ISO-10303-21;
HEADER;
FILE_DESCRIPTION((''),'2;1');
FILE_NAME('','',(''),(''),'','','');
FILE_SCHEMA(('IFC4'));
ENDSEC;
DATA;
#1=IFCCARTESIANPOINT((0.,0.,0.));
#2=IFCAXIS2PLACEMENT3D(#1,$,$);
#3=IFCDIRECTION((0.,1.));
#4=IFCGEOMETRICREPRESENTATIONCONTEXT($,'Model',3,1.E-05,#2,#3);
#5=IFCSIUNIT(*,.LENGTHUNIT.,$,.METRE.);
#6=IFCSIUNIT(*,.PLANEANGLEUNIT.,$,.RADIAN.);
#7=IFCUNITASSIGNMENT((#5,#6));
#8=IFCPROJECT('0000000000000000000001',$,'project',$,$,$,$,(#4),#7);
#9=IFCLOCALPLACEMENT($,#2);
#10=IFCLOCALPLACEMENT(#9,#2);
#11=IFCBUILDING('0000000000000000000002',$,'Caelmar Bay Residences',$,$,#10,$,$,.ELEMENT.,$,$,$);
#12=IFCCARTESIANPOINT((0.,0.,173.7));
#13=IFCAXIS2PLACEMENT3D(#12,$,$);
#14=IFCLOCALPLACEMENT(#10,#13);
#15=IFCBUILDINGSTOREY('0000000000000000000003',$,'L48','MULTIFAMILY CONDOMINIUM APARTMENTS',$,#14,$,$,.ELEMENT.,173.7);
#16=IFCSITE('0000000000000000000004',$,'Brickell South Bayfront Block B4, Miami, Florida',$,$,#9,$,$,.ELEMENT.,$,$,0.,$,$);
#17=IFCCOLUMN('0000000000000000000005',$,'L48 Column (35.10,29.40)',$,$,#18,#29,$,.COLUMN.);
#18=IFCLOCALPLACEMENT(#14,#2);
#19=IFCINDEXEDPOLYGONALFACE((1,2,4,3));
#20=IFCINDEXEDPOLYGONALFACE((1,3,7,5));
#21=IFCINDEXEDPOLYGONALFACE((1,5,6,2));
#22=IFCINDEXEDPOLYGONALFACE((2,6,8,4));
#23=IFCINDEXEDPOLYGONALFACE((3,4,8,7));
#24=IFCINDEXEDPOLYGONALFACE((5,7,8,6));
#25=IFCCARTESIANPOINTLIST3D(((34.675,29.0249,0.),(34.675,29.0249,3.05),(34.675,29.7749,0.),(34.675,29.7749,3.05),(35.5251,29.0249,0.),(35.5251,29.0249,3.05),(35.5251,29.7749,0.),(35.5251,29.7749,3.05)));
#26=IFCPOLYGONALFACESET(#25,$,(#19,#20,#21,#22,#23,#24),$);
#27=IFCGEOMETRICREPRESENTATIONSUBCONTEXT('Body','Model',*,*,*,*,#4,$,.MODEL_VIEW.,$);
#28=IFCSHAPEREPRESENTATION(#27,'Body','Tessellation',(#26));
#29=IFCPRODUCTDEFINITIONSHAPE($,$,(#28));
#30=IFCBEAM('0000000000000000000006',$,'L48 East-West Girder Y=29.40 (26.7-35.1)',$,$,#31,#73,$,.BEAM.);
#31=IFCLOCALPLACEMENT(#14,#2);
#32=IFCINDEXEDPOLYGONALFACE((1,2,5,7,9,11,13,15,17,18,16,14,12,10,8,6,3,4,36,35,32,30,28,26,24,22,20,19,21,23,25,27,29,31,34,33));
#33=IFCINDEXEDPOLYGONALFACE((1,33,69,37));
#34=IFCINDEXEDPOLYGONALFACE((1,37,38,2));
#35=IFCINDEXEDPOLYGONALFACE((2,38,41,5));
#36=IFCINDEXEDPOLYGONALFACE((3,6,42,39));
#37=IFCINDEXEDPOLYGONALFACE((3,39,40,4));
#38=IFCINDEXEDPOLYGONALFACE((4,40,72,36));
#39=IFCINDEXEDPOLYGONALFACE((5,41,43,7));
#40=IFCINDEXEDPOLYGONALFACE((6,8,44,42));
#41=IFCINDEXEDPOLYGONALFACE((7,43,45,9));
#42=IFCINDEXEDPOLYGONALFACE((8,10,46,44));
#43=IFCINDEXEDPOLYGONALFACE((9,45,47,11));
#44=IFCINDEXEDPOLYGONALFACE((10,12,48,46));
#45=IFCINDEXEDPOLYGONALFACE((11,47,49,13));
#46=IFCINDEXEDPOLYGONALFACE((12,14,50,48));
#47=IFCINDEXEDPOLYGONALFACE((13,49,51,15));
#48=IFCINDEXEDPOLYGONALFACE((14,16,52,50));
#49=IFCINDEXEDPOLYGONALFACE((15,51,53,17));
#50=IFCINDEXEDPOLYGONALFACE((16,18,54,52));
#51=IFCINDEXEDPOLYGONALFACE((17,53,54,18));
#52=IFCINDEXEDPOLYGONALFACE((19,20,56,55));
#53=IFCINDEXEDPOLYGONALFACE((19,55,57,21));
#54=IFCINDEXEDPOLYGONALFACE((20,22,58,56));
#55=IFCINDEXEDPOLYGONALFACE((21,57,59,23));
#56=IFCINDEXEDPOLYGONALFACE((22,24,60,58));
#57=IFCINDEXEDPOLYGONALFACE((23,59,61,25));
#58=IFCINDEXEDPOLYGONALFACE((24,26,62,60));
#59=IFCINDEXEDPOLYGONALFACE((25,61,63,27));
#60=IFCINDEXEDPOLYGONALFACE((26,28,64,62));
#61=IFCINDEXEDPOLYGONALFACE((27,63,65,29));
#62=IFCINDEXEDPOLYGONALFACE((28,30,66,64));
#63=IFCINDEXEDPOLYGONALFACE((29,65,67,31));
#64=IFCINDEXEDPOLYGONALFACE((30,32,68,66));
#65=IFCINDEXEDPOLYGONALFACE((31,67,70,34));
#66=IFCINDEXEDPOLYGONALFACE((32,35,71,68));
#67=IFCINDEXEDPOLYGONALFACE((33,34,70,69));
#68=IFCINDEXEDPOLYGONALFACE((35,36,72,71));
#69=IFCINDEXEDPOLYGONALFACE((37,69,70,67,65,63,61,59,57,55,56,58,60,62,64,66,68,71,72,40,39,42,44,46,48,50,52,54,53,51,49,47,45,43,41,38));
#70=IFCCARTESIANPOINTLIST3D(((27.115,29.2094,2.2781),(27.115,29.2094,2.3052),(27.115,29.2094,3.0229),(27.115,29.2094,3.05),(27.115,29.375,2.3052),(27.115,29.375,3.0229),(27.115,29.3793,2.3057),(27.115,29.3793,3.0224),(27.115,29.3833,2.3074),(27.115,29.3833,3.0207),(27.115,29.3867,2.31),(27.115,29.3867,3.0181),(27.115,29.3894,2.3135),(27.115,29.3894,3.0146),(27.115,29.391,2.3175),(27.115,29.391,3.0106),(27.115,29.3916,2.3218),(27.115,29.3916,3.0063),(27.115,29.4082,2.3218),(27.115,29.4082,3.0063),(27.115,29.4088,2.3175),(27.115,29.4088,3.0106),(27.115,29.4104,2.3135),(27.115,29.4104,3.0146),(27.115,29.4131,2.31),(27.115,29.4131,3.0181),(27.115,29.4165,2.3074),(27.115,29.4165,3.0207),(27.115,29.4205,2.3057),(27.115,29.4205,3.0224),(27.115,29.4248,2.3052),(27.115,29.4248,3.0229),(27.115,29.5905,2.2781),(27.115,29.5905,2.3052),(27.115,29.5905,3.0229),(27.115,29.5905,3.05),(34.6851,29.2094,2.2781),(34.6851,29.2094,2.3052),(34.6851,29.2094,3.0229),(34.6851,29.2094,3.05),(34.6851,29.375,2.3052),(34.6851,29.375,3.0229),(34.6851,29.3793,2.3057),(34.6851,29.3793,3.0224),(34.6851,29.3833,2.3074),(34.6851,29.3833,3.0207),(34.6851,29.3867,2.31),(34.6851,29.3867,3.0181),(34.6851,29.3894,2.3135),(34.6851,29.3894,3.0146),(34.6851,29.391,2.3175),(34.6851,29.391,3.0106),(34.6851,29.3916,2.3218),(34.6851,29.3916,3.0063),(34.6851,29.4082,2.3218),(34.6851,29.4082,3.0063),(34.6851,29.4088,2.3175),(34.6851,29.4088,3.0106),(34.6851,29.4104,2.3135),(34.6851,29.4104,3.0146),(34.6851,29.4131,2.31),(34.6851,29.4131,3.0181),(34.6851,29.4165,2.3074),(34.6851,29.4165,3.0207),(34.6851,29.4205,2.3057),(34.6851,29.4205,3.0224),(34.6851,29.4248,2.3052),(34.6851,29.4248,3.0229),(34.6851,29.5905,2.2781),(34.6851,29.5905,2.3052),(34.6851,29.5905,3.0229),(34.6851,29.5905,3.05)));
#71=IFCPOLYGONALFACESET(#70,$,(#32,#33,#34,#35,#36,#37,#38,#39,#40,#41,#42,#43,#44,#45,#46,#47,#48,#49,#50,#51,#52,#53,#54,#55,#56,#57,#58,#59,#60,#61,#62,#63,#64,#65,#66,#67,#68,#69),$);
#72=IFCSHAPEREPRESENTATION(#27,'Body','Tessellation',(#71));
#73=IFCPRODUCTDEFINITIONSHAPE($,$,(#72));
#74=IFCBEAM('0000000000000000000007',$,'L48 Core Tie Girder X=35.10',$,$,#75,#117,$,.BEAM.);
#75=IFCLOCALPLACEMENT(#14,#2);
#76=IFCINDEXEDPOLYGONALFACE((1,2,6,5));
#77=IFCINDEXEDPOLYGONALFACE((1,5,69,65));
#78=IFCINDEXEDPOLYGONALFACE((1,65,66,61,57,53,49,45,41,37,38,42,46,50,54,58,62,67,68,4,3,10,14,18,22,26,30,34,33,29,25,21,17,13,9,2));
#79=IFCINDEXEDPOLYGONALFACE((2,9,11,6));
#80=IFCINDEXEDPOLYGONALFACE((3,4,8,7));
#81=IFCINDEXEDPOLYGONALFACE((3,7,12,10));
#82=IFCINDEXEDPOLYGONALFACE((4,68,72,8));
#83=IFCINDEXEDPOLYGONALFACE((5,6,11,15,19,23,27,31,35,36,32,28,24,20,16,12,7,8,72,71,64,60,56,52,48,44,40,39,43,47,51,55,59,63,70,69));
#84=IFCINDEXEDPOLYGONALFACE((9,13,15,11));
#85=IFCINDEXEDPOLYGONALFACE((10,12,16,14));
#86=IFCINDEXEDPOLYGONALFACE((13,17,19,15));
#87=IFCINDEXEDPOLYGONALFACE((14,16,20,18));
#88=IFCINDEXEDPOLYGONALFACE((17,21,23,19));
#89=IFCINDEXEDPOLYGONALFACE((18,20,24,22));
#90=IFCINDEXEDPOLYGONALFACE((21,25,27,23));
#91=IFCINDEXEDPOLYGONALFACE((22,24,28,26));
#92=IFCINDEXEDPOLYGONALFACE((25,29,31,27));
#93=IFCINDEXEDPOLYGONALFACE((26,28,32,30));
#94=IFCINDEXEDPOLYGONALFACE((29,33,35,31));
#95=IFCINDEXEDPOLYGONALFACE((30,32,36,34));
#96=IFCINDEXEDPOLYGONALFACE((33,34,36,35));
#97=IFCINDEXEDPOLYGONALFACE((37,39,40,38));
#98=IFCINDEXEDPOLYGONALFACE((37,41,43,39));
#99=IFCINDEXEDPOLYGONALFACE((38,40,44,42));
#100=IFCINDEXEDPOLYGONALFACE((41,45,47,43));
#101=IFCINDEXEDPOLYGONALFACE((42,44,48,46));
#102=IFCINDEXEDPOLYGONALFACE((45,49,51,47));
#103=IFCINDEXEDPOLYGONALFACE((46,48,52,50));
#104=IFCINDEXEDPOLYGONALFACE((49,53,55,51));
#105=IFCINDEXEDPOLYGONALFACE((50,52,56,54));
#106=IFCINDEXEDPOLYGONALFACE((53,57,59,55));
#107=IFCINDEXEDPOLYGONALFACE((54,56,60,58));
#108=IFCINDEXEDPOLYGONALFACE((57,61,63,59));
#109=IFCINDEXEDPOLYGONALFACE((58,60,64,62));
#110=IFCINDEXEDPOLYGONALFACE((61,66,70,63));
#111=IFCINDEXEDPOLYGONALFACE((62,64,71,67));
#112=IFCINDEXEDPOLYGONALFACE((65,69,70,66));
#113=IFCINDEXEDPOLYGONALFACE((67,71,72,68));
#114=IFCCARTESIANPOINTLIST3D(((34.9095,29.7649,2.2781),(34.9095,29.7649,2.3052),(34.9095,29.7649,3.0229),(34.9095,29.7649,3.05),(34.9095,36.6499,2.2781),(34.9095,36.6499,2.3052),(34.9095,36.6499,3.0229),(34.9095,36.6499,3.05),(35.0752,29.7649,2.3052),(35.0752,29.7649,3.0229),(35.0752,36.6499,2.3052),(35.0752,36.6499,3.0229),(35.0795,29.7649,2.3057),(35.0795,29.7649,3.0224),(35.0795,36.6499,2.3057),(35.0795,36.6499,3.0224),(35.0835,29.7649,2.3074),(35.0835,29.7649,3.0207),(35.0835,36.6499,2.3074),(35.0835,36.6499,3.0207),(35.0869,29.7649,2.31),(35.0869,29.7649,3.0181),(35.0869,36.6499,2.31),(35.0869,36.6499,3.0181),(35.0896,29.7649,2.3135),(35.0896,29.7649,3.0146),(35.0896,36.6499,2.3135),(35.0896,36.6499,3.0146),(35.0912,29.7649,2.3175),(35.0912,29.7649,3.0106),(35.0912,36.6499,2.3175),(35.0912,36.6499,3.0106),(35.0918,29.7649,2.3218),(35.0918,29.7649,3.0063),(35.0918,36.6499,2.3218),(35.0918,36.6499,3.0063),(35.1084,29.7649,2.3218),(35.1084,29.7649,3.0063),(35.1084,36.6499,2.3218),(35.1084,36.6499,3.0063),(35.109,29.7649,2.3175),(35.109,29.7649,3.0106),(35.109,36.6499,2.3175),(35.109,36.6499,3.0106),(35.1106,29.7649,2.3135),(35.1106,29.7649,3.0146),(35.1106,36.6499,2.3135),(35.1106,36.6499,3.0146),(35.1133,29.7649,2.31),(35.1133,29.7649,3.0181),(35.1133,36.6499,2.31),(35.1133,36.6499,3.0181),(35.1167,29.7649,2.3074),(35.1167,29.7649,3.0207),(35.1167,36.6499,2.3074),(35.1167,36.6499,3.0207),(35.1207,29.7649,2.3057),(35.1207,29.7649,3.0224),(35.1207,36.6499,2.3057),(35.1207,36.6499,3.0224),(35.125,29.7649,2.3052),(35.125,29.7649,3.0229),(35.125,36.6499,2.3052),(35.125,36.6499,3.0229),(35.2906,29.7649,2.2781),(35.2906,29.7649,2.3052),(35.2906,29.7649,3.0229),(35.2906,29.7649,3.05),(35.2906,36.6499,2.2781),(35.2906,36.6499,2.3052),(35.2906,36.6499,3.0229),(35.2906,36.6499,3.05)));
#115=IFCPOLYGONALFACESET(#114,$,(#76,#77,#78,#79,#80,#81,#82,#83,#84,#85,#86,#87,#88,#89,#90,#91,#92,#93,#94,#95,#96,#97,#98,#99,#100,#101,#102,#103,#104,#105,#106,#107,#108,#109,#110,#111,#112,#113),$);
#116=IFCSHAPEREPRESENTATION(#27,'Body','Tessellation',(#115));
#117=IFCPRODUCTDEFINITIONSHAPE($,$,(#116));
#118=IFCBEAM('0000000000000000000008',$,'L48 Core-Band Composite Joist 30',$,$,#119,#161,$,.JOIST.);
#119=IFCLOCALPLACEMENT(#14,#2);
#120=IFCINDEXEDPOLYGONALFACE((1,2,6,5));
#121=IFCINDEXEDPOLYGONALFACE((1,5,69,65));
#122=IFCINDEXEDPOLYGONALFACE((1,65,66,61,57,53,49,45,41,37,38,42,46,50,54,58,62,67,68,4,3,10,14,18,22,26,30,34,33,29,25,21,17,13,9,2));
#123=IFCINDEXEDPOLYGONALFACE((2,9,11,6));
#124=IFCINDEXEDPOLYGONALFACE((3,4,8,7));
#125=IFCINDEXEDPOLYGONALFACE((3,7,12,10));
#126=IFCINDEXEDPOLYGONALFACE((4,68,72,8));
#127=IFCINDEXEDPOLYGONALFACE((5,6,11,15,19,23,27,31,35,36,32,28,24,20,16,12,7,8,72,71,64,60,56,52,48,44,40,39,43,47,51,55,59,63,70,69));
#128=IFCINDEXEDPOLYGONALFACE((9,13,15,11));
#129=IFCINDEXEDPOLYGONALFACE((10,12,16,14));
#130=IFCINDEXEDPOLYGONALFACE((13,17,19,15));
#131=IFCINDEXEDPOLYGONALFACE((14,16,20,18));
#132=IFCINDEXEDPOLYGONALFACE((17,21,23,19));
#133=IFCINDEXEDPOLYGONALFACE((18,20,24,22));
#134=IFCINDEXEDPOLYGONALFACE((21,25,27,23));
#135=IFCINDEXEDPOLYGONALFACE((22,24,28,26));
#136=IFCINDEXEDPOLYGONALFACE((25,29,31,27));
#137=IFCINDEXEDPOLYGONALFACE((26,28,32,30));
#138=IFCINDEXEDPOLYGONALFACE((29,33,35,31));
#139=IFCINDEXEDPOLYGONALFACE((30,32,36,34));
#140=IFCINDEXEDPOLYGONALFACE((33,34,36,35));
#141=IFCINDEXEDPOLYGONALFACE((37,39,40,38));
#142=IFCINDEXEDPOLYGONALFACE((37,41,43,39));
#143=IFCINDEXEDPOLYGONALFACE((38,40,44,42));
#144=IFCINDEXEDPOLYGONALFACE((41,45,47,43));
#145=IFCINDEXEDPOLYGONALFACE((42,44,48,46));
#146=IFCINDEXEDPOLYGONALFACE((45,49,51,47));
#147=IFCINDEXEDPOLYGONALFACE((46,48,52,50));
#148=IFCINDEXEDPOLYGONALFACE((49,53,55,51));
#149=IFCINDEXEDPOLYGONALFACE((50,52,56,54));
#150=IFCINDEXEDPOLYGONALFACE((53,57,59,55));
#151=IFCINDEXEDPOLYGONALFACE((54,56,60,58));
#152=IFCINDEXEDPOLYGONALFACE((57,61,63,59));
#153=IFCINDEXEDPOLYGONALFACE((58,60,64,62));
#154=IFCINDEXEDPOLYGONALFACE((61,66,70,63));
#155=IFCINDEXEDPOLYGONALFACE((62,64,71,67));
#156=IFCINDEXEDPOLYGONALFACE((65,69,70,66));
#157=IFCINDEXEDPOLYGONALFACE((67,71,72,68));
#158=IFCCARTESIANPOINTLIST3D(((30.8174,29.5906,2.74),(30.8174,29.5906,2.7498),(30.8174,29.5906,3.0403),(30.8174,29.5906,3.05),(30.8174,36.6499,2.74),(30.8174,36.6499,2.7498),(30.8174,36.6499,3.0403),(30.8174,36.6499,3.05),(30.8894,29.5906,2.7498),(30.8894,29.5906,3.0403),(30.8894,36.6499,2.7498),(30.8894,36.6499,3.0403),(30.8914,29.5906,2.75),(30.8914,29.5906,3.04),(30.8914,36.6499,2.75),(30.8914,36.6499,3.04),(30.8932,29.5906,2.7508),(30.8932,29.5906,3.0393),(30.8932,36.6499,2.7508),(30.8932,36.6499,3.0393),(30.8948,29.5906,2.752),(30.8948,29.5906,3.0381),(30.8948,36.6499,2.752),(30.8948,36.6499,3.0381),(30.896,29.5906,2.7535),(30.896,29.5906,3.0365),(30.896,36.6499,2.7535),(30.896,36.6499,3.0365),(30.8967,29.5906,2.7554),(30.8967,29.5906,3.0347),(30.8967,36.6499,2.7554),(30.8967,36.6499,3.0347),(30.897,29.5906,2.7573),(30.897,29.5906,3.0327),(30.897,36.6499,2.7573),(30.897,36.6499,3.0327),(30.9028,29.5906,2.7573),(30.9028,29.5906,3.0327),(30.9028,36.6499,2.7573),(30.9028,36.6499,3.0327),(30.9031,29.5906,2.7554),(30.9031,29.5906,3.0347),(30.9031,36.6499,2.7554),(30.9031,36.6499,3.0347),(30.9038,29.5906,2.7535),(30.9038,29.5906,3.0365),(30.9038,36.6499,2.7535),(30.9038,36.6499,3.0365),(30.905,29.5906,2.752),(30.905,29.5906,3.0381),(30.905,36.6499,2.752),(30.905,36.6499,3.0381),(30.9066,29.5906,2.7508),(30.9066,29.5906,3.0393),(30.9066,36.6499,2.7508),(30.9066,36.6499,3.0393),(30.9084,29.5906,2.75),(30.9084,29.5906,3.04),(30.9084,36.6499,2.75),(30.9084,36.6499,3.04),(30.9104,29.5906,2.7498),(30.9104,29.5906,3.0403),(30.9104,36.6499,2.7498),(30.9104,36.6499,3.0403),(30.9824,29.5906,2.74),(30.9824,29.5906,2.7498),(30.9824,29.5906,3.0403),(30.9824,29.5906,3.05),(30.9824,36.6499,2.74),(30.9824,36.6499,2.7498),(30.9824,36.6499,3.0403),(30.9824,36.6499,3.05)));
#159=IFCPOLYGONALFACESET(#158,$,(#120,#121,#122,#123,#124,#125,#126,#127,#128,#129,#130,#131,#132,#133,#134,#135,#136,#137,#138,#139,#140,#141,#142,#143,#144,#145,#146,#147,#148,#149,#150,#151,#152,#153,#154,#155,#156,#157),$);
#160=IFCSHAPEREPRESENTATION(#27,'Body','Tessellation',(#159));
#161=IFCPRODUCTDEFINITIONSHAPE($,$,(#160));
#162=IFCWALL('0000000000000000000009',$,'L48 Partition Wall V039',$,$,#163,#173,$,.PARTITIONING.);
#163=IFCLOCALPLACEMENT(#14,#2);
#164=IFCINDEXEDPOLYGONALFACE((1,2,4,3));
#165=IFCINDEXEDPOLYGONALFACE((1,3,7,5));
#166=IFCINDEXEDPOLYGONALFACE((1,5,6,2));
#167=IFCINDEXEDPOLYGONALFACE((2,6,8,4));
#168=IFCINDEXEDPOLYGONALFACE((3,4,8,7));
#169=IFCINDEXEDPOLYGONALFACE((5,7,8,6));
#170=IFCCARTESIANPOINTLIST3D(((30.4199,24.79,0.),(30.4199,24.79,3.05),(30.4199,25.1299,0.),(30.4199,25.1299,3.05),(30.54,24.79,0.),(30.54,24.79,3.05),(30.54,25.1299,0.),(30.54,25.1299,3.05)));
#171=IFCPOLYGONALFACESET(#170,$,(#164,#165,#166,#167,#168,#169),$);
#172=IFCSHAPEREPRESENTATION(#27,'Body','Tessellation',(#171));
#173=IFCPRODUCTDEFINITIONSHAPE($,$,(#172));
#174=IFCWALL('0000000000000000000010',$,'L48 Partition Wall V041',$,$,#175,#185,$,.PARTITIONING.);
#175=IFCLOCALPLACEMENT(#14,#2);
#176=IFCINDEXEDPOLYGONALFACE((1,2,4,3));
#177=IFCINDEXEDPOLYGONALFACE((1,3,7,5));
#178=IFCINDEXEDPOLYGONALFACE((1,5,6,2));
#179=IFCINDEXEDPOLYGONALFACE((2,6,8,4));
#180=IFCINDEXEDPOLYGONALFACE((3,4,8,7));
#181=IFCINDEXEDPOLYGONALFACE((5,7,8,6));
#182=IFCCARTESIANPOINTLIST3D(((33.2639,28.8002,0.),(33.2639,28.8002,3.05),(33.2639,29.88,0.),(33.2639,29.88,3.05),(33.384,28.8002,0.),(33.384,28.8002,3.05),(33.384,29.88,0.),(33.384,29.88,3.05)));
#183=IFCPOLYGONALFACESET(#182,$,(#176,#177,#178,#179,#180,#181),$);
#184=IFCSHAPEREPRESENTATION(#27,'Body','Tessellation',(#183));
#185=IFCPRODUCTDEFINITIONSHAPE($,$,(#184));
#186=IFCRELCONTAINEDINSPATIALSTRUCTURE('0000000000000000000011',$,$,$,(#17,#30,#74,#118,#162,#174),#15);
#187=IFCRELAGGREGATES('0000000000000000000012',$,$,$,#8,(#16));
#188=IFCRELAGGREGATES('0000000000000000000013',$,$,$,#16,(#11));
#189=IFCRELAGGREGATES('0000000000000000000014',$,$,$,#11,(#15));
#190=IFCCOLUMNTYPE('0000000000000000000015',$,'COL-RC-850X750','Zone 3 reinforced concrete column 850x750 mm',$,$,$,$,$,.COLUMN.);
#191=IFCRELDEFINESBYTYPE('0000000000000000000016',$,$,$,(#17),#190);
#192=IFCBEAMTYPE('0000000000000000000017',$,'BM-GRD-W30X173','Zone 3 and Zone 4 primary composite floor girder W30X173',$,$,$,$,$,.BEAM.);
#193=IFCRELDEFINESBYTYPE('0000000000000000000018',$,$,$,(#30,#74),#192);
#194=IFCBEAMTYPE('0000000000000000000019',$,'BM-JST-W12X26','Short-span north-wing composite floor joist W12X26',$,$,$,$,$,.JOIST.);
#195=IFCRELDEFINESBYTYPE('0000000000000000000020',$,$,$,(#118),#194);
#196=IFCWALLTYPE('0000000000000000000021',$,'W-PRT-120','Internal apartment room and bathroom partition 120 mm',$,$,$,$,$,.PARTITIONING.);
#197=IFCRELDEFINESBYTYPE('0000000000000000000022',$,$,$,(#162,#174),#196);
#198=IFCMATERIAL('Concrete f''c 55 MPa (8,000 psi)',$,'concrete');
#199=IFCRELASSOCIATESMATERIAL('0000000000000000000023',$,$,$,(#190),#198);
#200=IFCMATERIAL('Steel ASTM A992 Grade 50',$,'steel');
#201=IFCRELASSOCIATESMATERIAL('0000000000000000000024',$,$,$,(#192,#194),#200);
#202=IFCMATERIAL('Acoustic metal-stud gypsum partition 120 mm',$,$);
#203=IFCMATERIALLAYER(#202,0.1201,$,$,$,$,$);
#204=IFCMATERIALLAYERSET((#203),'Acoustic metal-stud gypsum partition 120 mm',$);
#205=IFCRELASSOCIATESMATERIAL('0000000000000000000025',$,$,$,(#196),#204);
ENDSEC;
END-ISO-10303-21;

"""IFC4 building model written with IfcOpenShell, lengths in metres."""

from ifc_helpers import new_model, si_unit, direction, frame, frame_2d, origin, origin_2d, place, context, subcontext, project, spatial, rectangle, i_section, extrude, material, layer, layer_set, material_profile, profile_set, type_object, element, save


model = new_model("IFC4")

# Units and contexts
model_context = context("Model", 3, precision=1e-05, world=origin(), true_north=direction((0.0, 1.0)))
body_context = subcontext(model_context, "Body", "Model", "MODEL_VIEW")
ifc_project = project(units=[si_unit("LENGTHUNIT", "METRE"), si_unit("PLANEANGLEUNIT", "RADIAN")], contexts=[model_context])

# Site, building, storey
site_placement = place(None, origin())
site = spatial("IfcSite", under=ifc_project, at=site_placement, Name="Brickell South Bayfront Block B4, Miami, Florida", CompositionType="ELEMENT", RefElevation=0.0)
building_placement = place(site_placement, origin())
building = spatial("IfcBuilding", under=site, at=building_placement, Name="Caelmar Bay Residences", CompositionType="ELEMENT")
storey_placement = place(building_placement, frame((0.0, 0.0, 173.7)))
storey = spatial("IfcBuildingStorey", under=building, at=storey_placement, Name="L48", Description="MULTIFAMILY CONDOMINIUM APARTMENTS", CompositionType="ELEMENT", Elevation=173.7)

# Column
ifc_material_1 = material(Name="Concrete f'c 55 MPa (8,000 psi)", Category="concrete")
ifc_material_profile_1 = material_profile(ifc_material_1, rectangle(XDim=0.8501, YDim=0.75, at=origin_2d()), Name="RC-COL-850X750")
ifc_profile_set_1 = profile_set([ifc_material_profile_1], Name="Concrete f'c 55 MPa (8,000 psi)")
column_type = type_object("IfcColumnType", Name="COL-RC-850X750", Description="Zone 3 reinforced concrete column 850x750 mm", PredefinedType="COLUMN", material=ifc_profile_set_1)
column_placement = place(storey_placement, frame((35.1001, 29.3999, 0.0), z_axis=(0.0, 0.0, 1.0), x_axis=(1.0, 0.0, 0.0)))
element("IfcColumn", 1, at=column_placement, inside=storey, type_object=column_type, Name="L48 Column (35.10,29.40)", PredefinedType="COLUMN", context=body_context, shape_type="SweptSolid", body=[
    extrude(rectangle(XDim=0.8501, YDim=0.75, at=origin_2d()), origin(), (0.0, 0.0, 1.0), 3.05),
])

# Beams
ifc_material_2 = material(Name="Steel ASTM A992 Grade 50", Category="steel")
ifc_material_profile_2 = material_profile(ifc_material_2, i_section(OverallWidth=0.3811, OverallDepth=0.772, WebThickness=0.0166, FlangeThickness=0.0271, FilletRadius=0.0166, at=origin_2d()), Name="W30X173")
ifc_profile_set_2 = profile_set([ifc_material_profile_2], Name="Steel ASTM A992 Grade 50")
beam_type_1 = type_object("IfcBeamType", Name="BM-GRD-W30X173", Description="Zone 3 and Zone 4 primary composite floor girder W30X173", PredefinedType="BEAM", material=ifc_profile_set_2)
beam_1_placement = place(storey_placement, frame((27.115, 29.3999, 2.6641), z_axis=(1.0, 0.0, 0.0), x_axis=(0.0, 1.0, 0.0)))
element("IfcBeam", 2, at=beam_1_placement, inside=storey, type_object=beam_type_1, Name="L48 East-West Girder Y=29.40 (26.7-35.1)", PredefinedType="BEAM", context=body_context, shape_type="SweptSolid", body=[
    extrude(i_section(OverallWidth=0.3811, OverallDepth=0.772, WebThickness=0.0166, FlangeThickness=0.0271, FilletRadius=0.0166, at=origin_2d()), origin(), (0.0, 0.0, 1.0), 7.5701),
])
beam_2_placement = place(storey_placement, frame((35.1001, 29.7649, 2.6641), z_axis=(0.0, 1.0, 0.0), x_axis=(-1.0, 0.0, 0.0)))
element("IfcBeam", 3, at=beam_2_placement, inside=storey, type_object=beam_type_1, Name="L48 Core Tie Girder X=35.10", PredefinedType="BEAM", context=body_context, shape_type="SweptSolid", body=[
    extrude(i_section(OverallWidth=0.3811, OverallDepth=0.772, WebThickness=0.0166, FlangeThickness=0.0271, FilletRadius=0.0166, at=origin_2d()), origin(), (0.0, 0.0, 1.0), 6.885),
])
ifc_material_profile_3 = material_profile(ifc_material_2, i_section(OverallWidth=0.165, OverallDepth=0.3101, WebThickness=0.0059, FlangeThickness=0.0098, FilletRadius=0.0076, at=origin_2d()), Name="W12X26")
ifc_profile_set_3 = profile_set([ifc_material_profile_3], Name="Steel ASTM A992 Grade 50")
beam_type_2 = type_object("IfcBeamType", Name="BM-JST-W12X26", Description="Short-span north-wing composite floor joist W12X26", PredefinedType="JOIST", material=ifc_profile_set_3)
beam_3_placement = place(storey_placement, frame((30.8999, 29.5906, 2.895), z_axis=(0.0, 1.0, 0.0), x_axis=(-1.0, 0.0, 0.0)))
element("IfcBeam", 4, at=beam_3_placement, inside=storey, type_object=beam_type_2, Name="L48 Core-Band Composite Joist 30", PredefinedType="JOIST", context=body_context, shape_type="SweptSolid", body=[
    extrude(i_section(OverallWidth=0.165, OverallDepth=0.3101, WebThickness=0.0059, FlangeThickness=0.0098, FilletRadius=0.0076, at=origin_2d()), origin(), (0.0, 0.0, 1.0), 7.0593),
])

# Wall
ifc_material_3 = material(Name="Acoustic metal-stud gypsum partition 120 mm")
ifc_layer_1 = layer(ifc_material_3, 0.1201)
ifc_layer_set_1 = layer_set([ifc_layer_1], Name="Acoustic metal-stud gypsum partition 120 mm")
wall_type_1 = type_object("IfcWallType", Name="W-PRT-120", Description="Internal apartment room and bathroom partition 120 mm", PredefinedType="PARTITIONING", material=ifc_layer_set_1)
wall_1_placement = place(storey_placement, frame((30.48, 24.79, 0.0), z_axis=(0.0, 0.0, 1.0), x_axis=(0.0, 1.0, 0.0)))
element("IfcWall", 5, at=wall_1_placement, inside=storey, type_object=wall_type_1, Name="L48 Partition Wall V039", PredefinedType="PARTITIONING", context=body_context, shape_type="SweptSolid", body=[
    extrude(rectangle(XDim=0.3398, YDim=0.1201, at=frame_2d((0.1699, 0.0))), origin(), (0.0, 0.0, 1.0), 3.05),
])

# Wall
wall_2_placement = place(storey_placement, frame((33.324, 28.8, 0.0), z_axis=(0.0, 0.0, 1.0), x_axis=(0.0, 1.0, 0.0)))
element("IfcWall", 6, at=wall_2_placement, inside=storey, type_object=wall_type_1, Name="L48 Partition Wall V041", PredefinedType="PARTITIONING", context=body_context, shape_type="SweptSolid", body=[
    extrude(rectangle(XDim=1.0798, YDim=0.1201, at=frame_2d((0.54, 0.0))), origin(), (0.0, 0.0, 1.0), 3.05),
])

save(model, "model.ifc")
